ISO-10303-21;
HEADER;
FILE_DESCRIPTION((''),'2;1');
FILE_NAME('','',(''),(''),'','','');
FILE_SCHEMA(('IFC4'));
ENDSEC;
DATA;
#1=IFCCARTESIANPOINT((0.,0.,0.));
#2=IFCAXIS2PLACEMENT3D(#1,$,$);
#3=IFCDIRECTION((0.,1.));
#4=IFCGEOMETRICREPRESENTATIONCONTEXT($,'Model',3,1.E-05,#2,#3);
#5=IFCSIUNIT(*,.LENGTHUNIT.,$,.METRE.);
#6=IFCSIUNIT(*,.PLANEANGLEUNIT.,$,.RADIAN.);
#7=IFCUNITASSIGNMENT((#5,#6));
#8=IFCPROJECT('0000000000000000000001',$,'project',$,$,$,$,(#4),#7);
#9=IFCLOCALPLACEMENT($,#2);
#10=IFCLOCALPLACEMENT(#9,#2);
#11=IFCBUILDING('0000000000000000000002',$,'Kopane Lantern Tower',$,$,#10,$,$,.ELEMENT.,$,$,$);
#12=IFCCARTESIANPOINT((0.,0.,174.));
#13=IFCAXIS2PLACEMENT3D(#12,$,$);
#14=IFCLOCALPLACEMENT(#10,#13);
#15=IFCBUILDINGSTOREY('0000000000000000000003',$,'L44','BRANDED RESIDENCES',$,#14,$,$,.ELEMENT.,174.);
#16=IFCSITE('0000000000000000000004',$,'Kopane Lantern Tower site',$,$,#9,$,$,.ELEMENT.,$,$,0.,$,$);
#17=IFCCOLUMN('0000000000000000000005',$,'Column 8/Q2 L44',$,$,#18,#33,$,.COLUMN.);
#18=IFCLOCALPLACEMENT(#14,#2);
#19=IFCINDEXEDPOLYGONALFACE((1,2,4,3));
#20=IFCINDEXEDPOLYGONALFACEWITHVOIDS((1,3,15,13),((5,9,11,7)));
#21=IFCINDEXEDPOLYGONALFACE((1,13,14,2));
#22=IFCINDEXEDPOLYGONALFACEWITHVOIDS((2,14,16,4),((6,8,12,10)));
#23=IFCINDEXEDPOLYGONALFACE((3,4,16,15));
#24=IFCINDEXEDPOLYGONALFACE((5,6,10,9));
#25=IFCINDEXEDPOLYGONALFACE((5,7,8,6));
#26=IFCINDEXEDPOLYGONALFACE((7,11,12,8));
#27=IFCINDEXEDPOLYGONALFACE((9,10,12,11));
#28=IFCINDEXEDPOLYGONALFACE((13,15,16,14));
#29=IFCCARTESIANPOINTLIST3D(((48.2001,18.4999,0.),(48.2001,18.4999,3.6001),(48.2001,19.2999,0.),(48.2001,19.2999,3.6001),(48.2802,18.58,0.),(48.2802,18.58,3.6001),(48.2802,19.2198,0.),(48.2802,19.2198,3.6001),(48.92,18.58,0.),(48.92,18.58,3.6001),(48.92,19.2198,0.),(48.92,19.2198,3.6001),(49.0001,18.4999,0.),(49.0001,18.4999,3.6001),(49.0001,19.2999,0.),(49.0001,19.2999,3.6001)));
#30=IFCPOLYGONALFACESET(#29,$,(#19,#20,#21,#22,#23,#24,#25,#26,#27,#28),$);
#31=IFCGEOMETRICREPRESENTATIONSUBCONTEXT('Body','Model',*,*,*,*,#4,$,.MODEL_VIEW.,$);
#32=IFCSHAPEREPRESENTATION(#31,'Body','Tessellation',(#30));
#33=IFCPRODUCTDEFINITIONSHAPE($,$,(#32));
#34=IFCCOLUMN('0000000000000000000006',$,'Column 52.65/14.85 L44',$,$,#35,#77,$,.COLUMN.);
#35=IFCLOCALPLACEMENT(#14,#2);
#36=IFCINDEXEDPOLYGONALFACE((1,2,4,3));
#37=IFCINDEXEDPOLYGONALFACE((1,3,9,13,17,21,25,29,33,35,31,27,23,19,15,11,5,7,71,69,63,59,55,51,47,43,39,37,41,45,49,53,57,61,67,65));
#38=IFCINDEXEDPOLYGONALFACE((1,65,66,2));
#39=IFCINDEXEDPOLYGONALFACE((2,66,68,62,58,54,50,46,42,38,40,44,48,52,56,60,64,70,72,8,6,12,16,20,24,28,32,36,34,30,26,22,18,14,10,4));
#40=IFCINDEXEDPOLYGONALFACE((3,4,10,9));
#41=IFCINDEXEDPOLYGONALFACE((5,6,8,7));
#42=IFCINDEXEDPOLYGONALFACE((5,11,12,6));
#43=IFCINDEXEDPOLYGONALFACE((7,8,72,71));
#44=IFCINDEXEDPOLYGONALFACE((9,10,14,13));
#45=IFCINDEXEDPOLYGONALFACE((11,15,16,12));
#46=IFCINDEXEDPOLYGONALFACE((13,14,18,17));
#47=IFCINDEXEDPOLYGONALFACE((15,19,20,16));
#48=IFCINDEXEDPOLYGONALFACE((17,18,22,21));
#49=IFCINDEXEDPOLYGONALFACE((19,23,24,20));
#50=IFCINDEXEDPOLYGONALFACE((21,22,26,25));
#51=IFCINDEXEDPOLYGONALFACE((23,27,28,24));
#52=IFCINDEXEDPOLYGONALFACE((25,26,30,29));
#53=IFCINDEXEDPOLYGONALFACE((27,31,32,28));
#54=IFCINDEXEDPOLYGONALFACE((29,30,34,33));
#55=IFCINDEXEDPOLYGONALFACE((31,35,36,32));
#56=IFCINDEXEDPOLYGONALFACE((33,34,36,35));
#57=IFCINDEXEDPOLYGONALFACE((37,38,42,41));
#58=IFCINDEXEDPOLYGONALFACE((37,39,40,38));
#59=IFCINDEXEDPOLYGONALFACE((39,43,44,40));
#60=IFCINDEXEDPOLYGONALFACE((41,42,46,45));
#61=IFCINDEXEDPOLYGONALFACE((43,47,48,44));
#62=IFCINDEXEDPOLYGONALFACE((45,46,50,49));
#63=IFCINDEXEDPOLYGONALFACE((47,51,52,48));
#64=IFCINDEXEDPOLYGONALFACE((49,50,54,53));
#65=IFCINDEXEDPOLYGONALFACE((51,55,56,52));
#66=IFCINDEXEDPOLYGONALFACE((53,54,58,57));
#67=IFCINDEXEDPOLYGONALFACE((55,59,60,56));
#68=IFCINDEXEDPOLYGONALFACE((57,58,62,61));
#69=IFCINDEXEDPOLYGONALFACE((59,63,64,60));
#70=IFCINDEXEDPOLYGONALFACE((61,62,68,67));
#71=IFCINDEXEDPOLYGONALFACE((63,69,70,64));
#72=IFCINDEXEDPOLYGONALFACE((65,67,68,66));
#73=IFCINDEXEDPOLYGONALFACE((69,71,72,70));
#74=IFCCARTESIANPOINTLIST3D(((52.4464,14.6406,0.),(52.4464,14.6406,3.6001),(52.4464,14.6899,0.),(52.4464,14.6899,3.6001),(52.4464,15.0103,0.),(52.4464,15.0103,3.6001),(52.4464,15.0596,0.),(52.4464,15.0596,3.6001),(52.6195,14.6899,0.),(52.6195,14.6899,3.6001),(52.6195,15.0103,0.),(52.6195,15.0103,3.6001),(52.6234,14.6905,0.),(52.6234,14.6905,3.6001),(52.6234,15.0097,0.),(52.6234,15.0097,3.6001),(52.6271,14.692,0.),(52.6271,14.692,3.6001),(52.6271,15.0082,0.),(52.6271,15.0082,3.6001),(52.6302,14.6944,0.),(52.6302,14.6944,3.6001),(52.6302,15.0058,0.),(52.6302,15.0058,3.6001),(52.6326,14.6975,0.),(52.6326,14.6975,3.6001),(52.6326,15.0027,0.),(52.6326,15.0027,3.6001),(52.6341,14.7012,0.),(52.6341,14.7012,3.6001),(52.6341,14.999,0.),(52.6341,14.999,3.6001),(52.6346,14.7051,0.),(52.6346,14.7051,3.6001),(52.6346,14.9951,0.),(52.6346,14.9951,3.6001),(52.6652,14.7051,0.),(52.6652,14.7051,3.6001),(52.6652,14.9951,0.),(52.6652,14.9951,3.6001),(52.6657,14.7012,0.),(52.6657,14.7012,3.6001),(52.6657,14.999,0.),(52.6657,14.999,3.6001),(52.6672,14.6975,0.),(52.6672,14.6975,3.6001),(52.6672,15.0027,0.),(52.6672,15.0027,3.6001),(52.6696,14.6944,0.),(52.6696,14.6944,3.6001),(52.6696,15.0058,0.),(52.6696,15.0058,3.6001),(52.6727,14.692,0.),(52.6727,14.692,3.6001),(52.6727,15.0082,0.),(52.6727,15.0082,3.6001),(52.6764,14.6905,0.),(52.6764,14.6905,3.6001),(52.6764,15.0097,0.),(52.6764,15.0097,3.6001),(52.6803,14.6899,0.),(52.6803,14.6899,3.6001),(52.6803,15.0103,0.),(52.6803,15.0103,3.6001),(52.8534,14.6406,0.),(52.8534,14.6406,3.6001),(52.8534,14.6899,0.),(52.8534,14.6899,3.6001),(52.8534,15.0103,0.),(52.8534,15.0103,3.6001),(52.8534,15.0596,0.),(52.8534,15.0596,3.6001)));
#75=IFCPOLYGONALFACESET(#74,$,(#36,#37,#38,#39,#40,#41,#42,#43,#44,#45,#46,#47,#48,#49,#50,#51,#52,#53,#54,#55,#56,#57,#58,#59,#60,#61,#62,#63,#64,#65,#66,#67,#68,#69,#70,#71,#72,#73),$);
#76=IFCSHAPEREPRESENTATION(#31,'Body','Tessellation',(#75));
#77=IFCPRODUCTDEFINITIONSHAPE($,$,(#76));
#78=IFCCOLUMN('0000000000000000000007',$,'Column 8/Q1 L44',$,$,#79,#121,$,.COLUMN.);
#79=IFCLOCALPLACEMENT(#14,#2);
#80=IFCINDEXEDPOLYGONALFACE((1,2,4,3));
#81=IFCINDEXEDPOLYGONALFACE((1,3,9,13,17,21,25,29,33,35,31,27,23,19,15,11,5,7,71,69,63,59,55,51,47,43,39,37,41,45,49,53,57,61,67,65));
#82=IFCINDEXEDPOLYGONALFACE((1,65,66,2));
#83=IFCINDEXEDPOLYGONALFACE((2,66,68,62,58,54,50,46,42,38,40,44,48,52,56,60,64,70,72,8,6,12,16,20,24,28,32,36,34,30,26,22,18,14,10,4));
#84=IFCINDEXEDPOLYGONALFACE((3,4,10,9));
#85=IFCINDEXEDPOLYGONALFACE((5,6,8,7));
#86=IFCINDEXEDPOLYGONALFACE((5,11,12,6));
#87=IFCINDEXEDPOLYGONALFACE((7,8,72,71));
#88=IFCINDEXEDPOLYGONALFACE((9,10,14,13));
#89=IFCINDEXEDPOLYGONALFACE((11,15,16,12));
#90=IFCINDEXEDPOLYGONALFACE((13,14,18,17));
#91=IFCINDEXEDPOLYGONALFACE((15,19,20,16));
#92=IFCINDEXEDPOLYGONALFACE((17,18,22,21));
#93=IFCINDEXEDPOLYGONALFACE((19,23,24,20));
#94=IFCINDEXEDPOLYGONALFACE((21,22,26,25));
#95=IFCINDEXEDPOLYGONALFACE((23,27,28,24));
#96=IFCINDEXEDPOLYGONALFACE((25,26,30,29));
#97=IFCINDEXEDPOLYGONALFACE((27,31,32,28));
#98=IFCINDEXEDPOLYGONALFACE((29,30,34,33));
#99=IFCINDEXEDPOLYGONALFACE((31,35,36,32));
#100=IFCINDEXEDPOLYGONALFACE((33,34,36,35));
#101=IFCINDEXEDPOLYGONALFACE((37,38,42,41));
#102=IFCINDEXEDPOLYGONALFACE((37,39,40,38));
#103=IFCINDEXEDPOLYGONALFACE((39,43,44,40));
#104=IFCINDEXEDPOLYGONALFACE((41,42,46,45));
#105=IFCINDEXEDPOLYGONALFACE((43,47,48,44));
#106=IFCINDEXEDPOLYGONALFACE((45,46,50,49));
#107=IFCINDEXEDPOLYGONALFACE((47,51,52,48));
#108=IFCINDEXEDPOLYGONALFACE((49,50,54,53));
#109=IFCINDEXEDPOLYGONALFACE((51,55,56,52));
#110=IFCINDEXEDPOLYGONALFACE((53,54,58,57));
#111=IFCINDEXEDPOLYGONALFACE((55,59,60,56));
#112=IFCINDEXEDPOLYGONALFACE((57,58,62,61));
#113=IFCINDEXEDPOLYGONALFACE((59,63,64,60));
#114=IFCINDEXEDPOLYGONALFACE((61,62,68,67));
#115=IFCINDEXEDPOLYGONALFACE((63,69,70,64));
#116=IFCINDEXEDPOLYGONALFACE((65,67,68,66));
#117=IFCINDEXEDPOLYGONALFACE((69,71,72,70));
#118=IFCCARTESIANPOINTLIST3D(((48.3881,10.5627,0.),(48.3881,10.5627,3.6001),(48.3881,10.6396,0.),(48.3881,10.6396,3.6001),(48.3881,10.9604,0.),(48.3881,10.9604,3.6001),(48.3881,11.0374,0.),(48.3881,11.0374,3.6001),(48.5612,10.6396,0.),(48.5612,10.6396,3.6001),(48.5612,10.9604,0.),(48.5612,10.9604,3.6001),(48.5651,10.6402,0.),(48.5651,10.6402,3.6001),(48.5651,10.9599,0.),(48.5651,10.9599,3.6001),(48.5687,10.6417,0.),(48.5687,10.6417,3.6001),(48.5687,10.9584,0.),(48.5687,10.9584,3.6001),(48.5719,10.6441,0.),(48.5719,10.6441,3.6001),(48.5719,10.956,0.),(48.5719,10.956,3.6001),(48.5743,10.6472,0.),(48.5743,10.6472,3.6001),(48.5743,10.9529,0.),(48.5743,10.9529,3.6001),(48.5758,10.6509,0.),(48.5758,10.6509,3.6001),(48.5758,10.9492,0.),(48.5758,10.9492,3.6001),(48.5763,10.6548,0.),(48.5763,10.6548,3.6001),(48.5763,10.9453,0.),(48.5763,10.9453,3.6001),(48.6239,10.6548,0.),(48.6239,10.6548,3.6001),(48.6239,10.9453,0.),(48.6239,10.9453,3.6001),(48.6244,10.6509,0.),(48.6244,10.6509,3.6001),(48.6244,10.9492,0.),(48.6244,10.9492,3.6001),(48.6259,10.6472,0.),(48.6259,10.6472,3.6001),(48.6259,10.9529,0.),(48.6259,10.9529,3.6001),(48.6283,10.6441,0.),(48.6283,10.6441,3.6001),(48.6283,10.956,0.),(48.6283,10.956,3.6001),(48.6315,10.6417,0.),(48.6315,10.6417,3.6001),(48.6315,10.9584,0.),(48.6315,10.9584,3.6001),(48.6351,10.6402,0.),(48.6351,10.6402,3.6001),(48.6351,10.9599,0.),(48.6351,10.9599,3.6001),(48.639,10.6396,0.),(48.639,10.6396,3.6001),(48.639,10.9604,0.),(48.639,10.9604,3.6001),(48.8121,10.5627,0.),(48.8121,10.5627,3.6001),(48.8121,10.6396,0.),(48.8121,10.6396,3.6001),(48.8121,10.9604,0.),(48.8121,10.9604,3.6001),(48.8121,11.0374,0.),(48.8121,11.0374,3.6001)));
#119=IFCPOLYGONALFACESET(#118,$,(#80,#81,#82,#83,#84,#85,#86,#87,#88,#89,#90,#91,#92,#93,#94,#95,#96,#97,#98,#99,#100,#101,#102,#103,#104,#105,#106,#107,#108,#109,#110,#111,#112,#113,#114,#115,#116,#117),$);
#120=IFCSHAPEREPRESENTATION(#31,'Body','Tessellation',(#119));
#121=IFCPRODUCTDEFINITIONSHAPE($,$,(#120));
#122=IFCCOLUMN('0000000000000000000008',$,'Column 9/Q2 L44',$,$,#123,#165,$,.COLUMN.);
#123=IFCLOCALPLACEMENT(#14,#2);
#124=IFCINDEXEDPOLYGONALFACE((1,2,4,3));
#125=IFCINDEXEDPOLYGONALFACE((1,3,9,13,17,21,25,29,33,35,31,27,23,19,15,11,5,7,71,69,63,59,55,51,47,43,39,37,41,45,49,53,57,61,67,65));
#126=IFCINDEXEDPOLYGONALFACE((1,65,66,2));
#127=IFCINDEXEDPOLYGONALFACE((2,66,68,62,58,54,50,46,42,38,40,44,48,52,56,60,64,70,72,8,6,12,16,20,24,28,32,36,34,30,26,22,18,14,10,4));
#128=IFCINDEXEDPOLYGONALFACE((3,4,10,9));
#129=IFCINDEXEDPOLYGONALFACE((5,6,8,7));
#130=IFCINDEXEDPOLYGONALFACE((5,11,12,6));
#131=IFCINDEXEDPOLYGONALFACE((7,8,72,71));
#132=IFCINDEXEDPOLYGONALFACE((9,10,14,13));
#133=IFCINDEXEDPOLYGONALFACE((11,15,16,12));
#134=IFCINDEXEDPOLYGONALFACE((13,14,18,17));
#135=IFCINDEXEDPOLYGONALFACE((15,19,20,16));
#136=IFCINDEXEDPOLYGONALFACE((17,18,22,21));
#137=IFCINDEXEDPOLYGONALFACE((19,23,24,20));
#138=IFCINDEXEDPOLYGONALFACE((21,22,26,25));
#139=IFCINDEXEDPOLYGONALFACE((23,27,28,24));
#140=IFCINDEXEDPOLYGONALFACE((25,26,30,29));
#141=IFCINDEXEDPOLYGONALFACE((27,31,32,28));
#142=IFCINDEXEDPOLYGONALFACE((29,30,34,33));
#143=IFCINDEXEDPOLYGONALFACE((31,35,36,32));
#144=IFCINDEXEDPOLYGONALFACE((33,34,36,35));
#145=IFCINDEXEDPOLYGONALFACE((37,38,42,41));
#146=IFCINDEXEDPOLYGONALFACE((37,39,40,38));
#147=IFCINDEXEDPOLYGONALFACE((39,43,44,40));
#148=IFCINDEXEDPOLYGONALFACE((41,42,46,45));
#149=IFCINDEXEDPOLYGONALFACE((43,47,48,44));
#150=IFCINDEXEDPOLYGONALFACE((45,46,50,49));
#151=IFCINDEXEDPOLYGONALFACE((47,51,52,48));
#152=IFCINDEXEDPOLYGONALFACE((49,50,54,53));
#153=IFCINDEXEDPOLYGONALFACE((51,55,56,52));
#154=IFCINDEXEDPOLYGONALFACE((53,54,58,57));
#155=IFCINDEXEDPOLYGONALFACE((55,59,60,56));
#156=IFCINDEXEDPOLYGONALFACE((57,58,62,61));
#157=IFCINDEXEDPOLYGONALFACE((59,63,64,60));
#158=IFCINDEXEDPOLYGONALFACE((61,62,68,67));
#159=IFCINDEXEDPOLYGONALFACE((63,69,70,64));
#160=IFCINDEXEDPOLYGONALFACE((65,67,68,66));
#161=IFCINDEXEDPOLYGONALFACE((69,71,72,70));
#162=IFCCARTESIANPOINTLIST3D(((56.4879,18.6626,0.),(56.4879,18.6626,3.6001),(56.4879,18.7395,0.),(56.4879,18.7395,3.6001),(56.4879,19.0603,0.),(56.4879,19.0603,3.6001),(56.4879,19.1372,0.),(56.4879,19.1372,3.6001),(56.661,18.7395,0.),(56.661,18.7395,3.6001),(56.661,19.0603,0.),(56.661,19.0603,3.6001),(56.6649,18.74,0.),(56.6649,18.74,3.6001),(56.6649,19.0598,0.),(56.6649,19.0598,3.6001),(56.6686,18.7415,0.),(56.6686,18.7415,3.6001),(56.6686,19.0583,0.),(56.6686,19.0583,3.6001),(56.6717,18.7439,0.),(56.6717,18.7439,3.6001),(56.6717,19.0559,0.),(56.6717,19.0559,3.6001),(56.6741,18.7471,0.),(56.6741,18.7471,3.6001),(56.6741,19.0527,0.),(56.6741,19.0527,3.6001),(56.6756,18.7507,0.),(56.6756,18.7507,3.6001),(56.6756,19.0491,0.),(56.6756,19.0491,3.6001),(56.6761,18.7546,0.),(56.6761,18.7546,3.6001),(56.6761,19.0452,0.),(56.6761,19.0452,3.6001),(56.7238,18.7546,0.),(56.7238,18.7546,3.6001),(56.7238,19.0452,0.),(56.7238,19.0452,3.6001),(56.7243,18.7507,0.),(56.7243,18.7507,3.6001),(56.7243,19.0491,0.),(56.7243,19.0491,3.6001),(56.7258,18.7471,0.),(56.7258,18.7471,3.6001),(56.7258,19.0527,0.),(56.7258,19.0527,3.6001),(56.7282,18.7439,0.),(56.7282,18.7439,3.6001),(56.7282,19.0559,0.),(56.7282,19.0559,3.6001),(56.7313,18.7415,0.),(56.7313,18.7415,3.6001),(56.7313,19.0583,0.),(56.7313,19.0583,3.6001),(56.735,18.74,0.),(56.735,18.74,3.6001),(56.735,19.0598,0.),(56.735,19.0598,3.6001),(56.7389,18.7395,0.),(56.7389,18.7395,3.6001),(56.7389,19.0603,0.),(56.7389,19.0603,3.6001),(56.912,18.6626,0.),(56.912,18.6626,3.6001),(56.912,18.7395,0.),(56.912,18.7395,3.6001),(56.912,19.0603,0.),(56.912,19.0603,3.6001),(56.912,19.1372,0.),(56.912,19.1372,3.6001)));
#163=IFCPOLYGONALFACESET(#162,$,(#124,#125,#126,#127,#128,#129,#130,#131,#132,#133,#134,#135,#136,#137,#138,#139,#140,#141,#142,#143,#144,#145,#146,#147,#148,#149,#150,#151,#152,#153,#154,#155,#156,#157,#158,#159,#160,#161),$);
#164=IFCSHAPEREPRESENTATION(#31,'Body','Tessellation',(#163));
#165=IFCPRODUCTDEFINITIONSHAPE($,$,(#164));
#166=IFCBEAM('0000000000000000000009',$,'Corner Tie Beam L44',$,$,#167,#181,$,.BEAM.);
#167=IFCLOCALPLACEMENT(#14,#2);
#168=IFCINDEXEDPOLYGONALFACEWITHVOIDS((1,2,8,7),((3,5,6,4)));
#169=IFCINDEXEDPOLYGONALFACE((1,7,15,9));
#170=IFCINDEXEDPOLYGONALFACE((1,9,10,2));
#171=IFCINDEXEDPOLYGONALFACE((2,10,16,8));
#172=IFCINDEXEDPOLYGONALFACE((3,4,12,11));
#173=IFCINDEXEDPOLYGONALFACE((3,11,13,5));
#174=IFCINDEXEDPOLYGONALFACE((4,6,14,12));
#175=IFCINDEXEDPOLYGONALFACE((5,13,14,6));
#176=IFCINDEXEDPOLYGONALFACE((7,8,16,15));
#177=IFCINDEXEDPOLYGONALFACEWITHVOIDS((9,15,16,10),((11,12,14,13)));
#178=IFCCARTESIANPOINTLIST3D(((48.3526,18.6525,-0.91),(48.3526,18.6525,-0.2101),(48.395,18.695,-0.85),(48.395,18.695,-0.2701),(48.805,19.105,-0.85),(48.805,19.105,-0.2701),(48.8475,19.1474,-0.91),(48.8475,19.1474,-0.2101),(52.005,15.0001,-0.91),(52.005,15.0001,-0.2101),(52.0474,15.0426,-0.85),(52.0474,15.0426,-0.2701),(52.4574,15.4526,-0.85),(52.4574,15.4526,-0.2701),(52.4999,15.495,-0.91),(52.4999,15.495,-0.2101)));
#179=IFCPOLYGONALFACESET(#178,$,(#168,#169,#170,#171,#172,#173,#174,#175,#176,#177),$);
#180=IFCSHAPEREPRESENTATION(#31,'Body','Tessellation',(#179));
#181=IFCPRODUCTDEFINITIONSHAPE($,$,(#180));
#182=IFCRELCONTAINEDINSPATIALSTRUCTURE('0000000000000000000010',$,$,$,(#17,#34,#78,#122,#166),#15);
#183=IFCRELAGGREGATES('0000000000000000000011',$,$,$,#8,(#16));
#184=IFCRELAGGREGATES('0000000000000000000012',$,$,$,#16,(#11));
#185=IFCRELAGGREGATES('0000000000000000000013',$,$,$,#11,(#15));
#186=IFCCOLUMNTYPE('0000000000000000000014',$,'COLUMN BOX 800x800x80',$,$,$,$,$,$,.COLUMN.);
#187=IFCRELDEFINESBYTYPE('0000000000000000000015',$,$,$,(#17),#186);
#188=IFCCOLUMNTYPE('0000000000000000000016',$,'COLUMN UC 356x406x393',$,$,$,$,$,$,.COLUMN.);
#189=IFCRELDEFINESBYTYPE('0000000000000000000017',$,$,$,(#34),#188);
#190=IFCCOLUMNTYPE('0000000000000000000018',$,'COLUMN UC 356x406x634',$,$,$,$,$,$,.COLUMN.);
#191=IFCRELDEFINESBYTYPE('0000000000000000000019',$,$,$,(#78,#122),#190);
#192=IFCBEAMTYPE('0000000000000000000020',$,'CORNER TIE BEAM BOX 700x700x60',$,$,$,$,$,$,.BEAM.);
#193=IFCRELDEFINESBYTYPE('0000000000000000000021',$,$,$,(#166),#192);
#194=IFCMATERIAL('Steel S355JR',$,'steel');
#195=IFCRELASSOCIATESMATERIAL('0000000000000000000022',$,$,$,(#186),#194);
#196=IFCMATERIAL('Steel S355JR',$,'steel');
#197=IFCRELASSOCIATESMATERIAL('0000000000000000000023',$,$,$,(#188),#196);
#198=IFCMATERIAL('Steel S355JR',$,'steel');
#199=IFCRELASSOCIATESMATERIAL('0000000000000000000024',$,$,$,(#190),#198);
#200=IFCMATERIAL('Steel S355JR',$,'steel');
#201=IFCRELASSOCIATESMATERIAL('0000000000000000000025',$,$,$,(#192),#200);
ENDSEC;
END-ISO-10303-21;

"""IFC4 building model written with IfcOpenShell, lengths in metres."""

from ifc_helpers import new_model, si_unit, direction, frame, origin, origin_2d, place, context, subcontext, project, spatial, hollow_rectangle, i_section, extrude, material, material_profile, profile_set, type_object, element, save


model = new_model("IFC4")

# Units and contexts
model_context = context("Model", 3, precision=1e-05, world=origin(), true_north=direction((0.0, 1.0)))
body_context = subcontext(model_context, "Body", "Model", "MODEL_VIEW")
ifc_project = project(units=[si_unit("LENGTHUNIT", "METRE"), si_unit("PLANEANGLEUNIT", "RADIAN")], contexts=[model_context])

# Site, building, storey
site_placement = place(None, origin())
site = spatial("IfcSite", under=ifc_project, at=site_placement, Name="Kopane Lantern Tower site", CompositionType="ELEMENT", RefElevation=0.0)
building_placement = place(site_placement, origin())
building = spatial("IfcBuilding", under=site, at=building_placement, Name="Kopane Lantern Tower", CompositionType="ELEMENT")
storey_placement = place(building_placement, frame((0.0, 0.0, 174.0)))
storey = spatial("IfcBuildingStorey", under=building, at=storey_placement, Name="L44", Description="BRANDED RESIDENCES", CompositionType="ELEMENT", Elevation=174.0)

# Columns
ifc_material_1 = material(Name="Steel S355JR", Category="steel")
ifc_material_profile_1 = material_profile(ifc_material_1, hollow_rectangle(XDim=0.8, YDim=0.8, WallThickness=0.0801, at=origin_2d()), Name="BOX 800x800x80")
ifc_profile_set_1 = profile_set([ifc_material_profile_1], Name="Steel S355JR")
column_type_1 = type_object("IfcColumnType", Name="COLUMN BOX 800x800x80", PredefinedType="COLUMN", material=ifc_profile_set_1)
column_1_placement = place(storey_placement, frame((48.6001, 18.8999, 0.0), z_axis=(0.0, 0.0, 1.0), x_axis=(1.0, 0.0, 0.0)))
element("IfcColumn", 1, at=column_1_placement, inside=storey, type_object=column_type_1, Name="Column 8/Q2 L44", PredefinedType="COLUMN", context=body_context, shape_type="SweptSolid", body=[
    extrude(hollow_rectangle(XDim=0.8, YDim=0.8, WallThickness=0.0801, at=origin_2d()), origin(), (0.0, 0.0, 1.0), 3.6001),
])
ifc_material_2 = material(Name="Steel S355JR", Category="steel")
ifc_material_profile_2 = material_profile(ifc_material_2, i_section(OverallWidth=0.407, OverallDepth=0.4189, WebThickness=0.0305, FlangeThickness=0.0493, FilletRadius=0.0151, at=origin_2d()), Name="UC 356x406x393")
ifc_profile_set_2 = profile_set([ifc_material_profile_2], Name="Steel S355JR")
column_type_2 = type_object("IfcColumnType", Name="COLUMN UC 356x406x393", PredefinedType="COLUMN", material=ifc_profile_set_2)
column_2_placement = place(storey_placement, frame((52.6499, 14.8501, 0.0), z_axis=(0.0, 0.0, 1.0), x_axis=(1.0, 0.0, 0.0)))
element("IfcColumn", 2, at=column_2_placement, inside=storey, type_object=column_type_2, Name="Column 52.65/14.85 L44", PredefinedType="COLUMN", context=body_context, shape_type="SweptSolid", body=[
    extrude(i_section(OverallWidth=0.407, OverallDepth=0.4189, WebThickness=0.0305, FlangeThickness=0.0493, FilletRadius=0.0151, at=origin_2d()), origin(), (0.0, 0.0, 1.0), 3.6001),
])
ifc_material_3 = material(Name="Steel S355JR", Category="steel")
ifc_material_profile_3 = material_profile(ifc_material_3, i_section(OverallWidth=0.4241, OverallDepth=0.4746, WebThickness=0.0476, FlangeThickness=0.0769, FilletRadius=0.0151, at=origin_2d()), Name="UC 356x406x634")
ifc_profile_set_3 = profile_set([ifc_material_profile_3], Name="Steel S355JR")
column_type_3 = type_object("IfcColumnType", Name="COLUMN UC 356x406x634", PredefinedType="COLUMN", material=ifc_profile_set_3)
for number, where, z_axis, x_axis, name in (
    (3, (48.6001, 10.8, 0.0), (0.0, 0.0, 1.0), (1.0, 0.0, 0.0), "Column 8/Q1 L44"),
    (4, (56.7, 18.8999, 0.0), (0.0, 0.0, 1.0), (1.0, 0.0, 0.0), "Column 9/Q2 L44"),
):
    element("IfcColumn", number, at=place(storey_placement, frame(where, z_axis=z_axis, x_axis=x_axis)), inside=storey, type_object=column_type_3, Name=name, PredefinedType="COLUMN", context=body_context, shape_type="SweptSolid", body=[
        extrude(i_section(OverallWidth=0.4241, OverallDepth=0.4746, WebThickness=0.0476, FlangeThickness=0.0769, FilletRadius=0.0151, at=origin_2d()), origin(), (0.0, 0.0, 1.0), 3.6001),
    ])

# Beam
ifc_material_4 = material(Name="Steel S355JR", Category="steel")
ifc_material_profile_4 = material_profile(ifc_material_4, hollow_rectangle(XDim=0.7, YDim=0.7, WallThickness=0.0601, at=origin_2d()), Name="BOX 700x700x60")
ifc_profile_set_4 = profile_set([ifc_material_profile_4], Name="Steel S355JR")
beam_type_1 = type_object("IfcBeamType", Name="CORNER TIE BEAM BOX 700x700x60", PredefinedType="BEAM", material=ifc_profile_set_4)
beam_1_placement = place(storey_placement, frame((52.2524, 15.2476, -0.5601), z_axis=(-0.707107, 0.707107, 0.0), x_axis=(-0.707107, -0.707107, 0.0)))
element("IfcBeam", 5, at=beam_1_placement, inside=storey, type_object=beam_type_1, Name="Corner Tie Beam L44", PredefinedType="BEAM", context=body_context, shape_type="SweptSolid", body=[
    extrude(hollow_rectangle(XDim=0.7, YDim=0.7, WallThickness=0.0601, at=origin_2d()), origin(), (0.0, 0.0, 1.0), 5.1653),
])

save(model, "model.ifc")
